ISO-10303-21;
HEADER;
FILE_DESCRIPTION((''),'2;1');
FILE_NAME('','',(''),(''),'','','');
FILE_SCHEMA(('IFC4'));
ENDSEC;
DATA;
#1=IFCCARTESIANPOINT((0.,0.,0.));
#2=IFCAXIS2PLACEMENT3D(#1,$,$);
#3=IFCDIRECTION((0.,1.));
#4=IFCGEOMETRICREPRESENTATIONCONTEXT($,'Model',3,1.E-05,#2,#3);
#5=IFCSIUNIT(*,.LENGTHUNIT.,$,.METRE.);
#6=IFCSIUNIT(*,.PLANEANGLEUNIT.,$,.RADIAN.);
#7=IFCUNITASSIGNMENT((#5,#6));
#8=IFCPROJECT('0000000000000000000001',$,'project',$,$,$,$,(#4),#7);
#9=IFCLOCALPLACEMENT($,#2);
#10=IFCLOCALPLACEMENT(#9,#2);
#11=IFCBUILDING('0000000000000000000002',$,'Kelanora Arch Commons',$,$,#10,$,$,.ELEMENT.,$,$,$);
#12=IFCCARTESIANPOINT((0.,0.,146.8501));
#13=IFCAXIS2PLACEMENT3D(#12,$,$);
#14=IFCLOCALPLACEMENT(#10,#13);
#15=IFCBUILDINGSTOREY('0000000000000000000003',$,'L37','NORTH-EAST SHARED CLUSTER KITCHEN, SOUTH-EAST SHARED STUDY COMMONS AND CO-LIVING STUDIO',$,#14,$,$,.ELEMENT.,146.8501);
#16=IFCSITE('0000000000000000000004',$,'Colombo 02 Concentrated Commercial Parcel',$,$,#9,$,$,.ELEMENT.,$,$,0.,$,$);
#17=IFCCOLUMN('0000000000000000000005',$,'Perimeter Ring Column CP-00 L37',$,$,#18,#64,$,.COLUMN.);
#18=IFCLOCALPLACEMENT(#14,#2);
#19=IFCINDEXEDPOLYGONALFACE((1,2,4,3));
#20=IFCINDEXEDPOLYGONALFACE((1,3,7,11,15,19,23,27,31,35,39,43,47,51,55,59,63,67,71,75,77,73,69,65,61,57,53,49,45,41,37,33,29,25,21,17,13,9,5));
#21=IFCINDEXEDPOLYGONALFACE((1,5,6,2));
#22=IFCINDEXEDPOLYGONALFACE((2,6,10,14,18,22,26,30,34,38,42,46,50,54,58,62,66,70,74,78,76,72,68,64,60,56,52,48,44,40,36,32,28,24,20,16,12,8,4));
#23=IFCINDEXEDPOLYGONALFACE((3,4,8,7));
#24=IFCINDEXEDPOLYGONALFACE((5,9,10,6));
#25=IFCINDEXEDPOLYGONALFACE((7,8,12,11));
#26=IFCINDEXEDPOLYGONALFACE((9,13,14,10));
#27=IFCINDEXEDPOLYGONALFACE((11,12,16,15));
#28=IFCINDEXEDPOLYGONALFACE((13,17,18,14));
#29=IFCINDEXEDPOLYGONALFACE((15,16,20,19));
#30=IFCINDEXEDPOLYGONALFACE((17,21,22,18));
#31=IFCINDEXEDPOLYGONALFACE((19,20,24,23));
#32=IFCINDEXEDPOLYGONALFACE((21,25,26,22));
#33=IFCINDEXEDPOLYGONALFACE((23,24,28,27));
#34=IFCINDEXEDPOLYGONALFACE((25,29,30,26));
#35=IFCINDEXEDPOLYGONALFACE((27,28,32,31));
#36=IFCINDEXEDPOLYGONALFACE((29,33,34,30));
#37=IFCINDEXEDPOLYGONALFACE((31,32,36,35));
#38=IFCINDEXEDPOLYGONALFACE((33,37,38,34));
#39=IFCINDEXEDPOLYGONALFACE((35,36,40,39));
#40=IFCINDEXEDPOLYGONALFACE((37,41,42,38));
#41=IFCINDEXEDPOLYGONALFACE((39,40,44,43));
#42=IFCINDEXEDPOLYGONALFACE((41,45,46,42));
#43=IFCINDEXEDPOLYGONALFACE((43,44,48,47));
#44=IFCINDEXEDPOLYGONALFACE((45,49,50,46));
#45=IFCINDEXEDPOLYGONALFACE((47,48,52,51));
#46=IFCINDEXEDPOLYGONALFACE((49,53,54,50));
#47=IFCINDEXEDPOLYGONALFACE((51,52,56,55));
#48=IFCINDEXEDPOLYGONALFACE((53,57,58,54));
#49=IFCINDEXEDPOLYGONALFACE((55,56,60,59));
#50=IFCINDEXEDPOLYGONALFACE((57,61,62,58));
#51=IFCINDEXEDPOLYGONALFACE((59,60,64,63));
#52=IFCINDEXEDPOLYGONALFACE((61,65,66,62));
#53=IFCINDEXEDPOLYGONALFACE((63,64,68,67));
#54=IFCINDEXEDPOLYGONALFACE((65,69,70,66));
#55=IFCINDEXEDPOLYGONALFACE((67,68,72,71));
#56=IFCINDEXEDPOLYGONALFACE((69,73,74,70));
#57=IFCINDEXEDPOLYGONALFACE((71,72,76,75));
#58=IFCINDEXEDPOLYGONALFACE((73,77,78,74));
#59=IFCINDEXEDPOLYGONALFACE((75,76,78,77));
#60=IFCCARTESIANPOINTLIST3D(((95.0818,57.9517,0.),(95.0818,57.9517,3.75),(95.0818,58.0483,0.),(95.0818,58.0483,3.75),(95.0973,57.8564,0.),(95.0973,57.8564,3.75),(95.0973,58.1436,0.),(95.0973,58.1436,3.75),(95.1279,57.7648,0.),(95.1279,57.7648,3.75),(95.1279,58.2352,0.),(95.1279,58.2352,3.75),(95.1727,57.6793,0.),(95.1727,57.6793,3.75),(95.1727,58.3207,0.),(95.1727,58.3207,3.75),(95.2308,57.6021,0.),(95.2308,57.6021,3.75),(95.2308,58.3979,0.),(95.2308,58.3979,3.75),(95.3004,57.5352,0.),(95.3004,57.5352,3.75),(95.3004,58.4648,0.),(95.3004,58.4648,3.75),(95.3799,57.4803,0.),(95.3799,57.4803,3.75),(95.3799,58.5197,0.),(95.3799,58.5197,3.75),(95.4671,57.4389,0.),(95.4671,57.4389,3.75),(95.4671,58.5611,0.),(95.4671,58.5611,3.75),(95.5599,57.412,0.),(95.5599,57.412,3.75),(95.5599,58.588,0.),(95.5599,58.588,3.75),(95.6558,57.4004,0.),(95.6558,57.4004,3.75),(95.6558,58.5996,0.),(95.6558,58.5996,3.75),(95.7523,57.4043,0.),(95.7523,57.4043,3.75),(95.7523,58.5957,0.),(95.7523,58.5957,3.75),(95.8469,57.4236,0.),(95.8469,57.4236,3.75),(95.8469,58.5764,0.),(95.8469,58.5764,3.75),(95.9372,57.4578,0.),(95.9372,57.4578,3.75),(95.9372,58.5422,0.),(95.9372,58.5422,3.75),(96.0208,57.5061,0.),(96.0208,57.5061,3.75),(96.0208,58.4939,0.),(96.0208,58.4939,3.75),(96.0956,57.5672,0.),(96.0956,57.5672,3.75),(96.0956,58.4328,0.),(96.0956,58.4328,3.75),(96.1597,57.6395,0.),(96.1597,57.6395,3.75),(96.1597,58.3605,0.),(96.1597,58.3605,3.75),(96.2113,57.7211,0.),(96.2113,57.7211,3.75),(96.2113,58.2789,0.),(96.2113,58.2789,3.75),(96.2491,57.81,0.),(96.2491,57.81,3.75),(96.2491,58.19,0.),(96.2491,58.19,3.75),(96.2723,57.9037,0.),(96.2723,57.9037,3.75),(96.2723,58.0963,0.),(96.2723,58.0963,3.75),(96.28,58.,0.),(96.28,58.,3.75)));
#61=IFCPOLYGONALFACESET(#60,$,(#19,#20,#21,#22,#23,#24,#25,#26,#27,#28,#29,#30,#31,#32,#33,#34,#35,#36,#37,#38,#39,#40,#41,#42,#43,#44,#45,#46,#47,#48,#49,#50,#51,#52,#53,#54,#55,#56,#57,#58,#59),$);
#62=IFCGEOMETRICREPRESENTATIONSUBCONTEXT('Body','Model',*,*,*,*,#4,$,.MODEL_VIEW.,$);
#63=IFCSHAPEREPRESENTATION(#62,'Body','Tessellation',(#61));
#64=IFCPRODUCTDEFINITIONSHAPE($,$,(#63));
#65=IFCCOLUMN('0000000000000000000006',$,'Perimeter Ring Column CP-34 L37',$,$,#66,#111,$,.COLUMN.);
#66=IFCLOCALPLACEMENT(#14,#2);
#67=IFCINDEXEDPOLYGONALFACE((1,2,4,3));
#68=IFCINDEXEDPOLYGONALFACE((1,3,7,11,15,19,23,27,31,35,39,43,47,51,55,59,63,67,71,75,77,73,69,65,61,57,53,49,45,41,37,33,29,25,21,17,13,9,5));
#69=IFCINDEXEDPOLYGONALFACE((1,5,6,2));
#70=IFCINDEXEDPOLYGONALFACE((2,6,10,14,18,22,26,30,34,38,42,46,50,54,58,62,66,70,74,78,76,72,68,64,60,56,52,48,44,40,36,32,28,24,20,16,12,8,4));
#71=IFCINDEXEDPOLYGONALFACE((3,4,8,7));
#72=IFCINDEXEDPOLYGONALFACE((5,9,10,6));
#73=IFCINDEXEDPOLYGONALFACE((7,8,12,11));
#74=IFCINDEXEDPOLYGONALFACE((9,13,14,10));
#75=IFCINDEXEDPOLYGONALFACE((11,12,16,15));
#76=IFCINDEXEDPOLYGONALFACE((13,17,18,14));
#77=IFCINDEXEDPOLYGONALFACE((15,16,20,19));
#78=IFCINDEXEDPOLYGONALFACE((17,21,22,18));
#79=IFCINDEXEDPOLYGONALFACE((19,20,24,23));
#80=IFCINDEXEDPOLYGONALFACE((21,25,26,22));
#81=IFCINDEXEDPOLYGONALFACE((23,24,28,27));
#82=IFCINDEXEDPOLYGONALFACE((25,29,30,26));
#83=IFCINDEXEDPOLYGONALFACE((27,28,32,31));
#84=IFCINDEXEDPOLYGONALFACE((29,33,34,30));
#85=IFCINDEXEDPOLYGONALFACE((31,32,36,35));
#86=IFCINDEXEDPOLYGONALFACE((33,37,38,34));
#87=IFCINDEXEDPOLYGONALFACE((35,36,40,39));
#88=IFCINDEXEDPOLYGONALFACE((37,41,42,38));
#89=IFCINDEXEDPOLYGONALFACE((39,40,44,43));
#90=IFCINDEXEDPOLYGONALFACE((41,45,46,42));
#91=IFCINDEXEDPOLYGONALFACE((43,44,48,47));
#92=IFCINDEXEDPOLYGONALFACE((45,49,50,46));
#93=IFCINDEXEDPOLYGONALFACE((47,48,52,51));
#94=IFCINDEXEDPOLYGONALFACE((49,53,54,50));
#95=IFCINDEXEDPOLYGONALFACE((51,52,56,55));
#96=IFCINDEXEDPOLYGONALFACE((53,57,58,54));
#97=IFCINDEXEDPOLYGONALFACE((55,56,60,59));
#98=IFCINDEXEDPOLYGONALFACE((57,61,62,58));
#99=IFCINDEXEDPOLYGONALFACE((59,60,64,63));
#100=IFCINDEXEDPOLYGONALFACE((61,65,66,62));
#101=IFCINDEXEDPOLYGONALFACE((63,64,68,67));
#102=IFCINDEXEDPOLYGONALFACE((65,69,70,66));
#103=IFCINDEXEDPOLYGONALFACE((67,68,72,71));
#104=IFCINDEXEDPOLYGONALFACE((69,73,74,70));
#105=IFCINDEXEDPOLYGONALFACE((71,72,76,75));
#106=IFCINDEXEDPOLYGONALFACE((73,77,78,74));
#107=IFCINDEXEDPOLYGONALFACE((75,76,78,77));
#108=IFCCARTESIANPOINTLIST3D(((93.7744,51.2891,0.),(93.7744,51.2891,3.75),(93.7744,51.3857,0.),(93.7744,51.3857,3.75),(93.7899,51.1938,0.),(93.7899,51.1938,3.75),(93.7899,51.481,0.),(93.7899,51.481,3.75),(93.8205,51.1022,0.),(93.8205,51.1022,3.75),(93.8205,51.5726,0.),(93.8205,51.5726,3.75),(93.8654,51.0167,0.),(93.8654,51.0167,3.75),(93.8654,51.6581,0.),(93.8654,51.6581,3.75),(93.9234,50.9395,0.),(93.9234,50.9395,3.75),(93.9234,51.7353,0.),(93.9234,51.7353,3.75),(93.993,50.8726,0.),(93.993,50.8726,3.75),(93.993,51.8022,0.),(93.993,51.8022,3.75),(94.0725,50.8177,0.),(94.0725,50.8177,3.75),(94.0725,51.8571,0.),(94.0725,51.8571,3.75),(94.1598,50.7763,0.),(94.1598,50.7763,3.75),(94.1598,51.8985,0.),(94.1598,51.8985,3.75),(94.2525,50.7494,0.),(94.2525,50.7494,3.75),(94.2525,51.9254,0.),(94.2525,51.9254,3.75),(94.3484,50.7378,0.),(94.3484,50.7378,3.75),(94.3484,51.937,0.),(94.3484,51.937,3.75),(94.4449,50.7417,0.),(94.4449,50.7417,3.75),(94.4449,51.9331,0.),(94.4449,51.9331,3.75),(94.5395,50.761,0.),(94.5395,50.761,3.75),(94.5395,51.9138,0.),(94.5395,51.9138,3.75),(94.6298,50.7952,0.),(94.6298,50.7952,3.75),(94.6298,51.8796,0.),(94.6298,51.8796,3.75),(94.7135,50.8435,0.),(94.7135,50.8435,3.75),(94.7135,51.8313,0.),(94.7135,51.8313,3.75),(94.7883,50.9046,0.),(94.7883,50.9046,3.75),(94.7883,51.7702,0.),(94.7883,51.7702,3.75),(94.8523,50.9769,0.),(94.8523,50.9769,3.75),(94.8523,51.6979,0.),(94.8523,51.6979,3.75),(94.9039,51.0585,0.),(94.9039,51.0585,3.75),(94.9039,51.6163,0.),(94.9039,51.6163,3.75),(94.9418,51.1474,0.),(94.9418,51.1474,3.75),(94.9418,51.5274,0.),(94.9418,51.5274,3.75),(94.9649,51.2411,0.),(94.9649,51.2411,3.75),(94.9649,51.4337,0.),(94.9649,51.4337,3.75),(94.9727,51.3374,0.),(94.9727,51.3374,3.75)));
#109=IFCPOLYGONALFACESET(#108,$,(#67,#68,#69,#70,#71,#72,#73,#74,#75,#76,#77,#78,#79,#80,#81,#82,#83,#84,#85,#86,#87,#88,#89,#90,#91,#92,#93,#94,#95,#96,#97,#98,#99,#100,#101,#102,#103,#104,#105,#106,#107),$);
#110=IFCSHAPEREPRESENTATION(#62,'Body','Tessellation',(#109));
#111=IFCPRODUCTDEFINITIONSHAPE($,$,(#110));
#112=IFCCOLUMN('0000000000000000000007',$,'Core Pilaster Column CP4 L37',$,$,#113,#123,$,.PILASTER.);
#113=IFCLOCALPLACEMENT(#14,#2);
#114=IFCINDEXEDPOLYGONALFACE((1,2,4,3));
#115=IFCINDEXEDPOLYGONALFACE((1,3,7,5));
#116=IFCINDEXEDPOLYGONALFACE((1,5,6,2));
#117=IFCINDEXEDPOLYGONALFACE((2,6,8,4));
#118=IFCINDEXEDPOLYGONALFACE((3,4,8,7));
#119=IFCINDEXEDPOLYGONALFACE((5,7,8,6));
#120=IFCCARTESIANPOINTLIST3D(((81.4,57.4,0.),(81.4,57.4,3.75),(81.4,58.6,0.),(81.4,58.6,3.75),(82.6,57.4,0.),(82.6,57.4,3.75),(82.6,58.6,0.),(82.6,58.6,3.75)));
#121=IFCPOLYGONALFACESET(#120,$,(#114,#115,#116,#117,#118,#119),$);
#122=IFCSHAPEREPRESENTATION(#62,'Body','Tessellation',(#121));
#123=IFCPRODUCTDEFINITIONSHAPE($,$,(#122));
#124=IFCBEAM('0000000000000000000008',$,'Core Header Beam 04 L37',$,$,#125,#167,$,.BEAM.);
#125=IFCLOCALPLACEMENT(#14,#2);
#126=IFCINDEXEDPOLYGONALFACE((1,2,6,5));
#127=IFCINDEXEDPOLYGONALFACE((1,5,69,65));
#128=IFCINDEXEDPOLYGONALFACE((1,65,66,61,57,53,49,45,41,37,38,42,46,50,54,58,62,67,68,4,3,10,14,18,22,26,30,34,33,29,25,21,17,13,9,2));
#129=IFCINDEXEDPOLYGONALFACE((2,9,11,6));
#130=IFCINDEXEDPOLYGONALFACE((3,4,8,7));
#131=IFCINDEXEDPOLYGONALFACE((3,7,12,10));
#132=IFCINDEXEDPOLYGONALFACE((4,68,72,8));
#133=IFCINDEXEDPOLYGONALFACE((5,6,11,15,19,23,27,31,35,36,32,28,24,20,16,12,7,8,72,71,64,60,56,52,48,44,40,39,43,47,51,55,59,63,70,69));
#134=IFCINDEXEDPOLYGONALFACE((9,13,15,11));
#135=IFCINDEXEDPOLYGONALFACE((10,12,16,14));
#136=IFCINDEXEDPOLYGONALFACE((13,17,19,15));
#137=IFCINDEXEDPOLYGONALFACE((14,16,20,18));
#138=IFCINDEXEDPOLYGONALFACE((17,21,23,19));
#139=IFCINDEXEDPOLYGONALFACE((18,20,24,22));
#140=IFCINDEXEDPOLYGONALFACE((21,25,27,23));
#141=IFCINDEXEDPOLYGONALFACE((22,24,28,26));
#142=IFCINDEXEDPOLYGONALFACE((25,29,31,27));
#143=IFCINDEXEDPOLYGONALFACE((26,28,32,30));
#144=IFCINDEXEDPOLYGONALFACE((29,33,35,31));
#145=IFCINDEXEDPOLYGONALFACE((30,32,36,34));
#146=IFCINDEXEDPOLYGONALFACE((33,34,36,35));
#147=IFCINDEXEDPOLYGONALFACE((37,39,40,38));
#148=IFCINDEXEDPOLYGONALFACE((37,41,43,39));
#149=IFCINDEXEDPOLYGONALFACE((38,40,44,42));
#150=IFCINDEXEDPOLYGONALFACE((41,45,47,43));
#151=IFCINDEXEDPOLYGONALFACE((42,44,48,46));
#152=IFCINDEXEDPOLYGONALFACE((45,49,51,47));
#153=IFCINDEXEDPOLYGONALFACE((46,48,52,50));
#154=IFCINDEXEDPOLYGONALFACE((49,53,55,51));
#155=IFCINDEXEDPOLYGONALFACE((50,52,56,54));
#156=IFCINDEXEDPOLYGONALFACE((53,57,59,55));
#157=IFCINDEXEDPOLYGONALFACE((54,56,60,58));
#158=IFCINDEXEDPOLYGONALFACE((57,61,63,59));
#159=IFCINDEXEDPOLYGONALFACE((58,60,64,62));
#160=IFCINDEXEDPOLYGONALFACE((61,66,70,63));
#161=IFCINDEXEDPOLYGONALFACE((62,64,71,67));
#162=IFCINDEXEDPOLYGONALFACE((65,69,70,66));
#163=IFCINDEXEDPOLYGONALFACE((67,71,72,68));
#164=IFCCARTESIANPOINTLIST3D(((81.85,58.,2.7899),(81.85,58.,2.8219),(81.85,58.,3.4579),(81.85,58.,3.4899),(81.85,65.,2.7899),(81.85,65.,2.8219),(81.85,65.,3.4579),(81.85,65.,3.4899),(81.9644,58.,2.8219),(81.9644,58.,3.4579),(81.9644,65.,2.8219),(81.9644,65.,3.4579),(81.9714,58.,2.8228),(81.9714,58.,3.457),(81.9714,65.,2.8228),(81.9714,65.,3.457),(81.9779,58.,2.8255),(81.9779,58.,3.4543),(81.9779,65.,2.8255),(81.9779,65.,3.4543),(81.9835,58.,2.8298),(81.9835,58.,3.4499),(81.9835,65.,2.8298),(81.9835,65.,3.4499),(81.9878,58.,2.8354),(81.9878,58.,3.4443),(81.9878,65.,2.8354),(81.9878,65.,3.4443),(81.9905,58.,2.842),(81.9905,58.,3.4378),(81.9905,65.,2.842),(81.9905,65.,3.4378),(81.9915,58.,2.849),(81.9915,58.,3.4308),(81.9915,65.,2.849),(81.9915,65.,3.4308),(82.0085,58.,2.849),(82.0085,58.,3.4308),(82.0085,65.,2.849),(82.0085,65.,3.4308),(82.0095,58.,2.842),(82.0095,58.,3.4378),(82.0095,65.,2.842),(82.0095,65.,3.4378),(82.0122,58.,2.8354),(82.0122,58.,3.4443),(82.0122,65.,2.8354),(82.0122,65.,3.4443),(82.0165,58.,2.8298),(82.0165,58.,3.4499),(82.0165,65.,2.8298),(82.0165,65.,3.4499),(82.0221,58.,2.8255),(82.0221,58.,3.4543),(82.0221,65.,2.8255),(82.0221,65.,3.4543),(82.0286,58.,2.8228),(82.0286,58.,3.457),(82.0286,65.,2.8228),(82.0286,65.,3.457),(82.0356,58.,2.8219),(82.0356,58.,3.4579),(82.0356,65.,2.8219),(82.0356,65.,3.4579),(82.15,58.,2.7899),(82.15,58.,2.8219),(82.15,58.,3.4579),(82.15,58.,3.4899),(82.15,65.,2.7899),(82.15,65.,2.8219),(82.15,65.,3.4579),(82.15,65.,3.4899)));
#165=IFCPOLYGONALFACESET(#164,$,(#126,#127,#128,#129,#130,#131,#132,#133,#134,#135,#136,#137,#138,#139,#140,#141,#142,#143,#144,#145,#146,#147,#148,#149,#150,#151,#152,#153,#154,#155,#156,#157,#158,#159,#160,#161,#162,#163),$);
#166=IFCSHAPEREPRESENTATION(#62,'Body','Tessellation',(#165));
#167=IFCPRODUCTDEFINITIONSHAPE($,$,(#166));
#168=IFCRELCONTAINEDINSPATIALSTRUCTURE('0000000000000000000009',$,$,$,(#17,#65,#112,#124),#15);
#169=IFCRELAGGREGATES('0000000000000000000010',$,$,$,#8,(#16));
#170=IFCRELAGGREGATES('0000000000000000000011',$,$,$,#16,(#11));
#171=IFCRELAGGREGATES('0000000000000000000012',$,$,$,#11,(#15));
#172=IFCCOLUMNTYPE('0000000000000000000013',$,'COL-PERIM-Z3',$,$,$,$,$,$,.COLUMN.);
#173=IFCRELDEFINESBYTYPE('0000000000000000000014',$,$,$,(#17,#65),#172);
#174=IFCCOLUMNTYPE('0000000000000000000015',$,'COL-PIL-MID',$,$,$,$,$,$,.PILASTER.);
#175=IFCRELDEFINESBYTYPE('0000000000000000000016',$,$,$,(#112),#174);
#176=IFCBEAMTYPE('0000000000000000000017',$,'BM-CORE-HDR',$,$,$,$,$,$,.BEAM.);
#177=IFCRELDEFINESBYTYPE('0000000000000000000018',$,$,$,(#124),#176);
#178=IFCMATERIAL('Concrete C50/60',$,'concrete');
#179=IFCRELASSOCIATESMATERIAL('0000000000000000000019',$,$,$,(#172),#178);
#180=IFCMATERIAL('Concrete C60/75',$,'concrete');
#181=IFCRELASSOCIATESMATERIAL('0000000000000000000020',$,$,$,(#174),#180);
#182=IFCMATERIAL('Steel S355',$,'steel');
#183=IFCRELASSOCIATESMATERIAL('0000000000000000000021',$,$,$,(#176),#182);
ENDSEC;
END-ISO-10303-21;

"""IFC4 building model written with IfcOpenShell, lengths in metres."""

from ifc_helpers import new_model, si_unit, direction, frame, origin, origin_2d, place, context, subcontext, project, spatial, rectangle, circle, i_section, extrude, material, material_profile, profile_set, type_object, element, save


model = new_model("IFC4")

# Units and contexts
model_context = context("Model", 3, precision=1e-05, world=origin(), true_north=direction((0.0, 1.0)))
body_context = subcontext(model_context, "Body", "Model", "MODEL_VIEW")
ifc_project = project(units=[si_unit("LENGTHUNIT", "METRE"), si_unit("PLANEANGLEUNIT", "RADIAN")], contexts=[model_context])

# Site, building, storey
site_placement = place(None, origin())
site = spatial("IfcSite", under=ifc_project, at=site_placement, Name="Colombo 02 Concentrated Commercial Parcel", CompositionType="ELEMENT", RefElevation=0.0)
building_placement = place(site_placement, origin())
building = spatial("IfcBuilding", under=site, at=building_placement, Name="Kelanora Arch Commons", CompositionType="ELEMENT")
storey_placement = place(building_placement, frame((0.0, 0.0, 146.8501)))
storey = spatial("IfcBuildingStorey", under=building, at=storey_placement, Name="L37", Description="NORTH-EAST SHARED CLUSTER KITCHEN, SOUTH-EAST SHARED STUDY COMMONS AND CO-LIVING STUDIO", CompositionType="ELEMENT", Elevation=146.8501)

# Columns
ifc_material_1 = material(Name="Concrete C50/60", Category="concrete")
ifc_material_profile_1 = material_profile(ifc_material_1, circle(Radius=0.6001, at=origin_2d()), Name="RCC1200")
ifc_profile_set_1 = profile_set([ifc_material_profile_1], Name="Concrete C50/60")
column_type_1 = type_object("IfcColumnType", Name="COL-PERIM-Z3", PredefinedType="COLUMN", material=ifc_profile_set_1)
for number, where, z_axis, x_axis, name in (
    (1, (95.6799, 58.0, 0.0), (0.0, 0.0, 1.0), (1.0, 0.0, 0.0), "Perimeter Ring Column CP-00 L37"),
    (2, (94.3726, 51.3374, 0.0), (0.0, 0.0, 1.0), (1.0, 0.0, 0.0), "Perimeter Ring Column CP-34 L37"),
):
    element("IfcColumn", number, at=place(storey_placement, frame(where, z_axis=z_axis, x_axis=x_axis)), inside=storey, type_object=column_type_1, Name=name, PredefinedType="COLUMN", context=body_context, shape_type="SweptSolid", body=[
        extrude(circle(Radius=0.6001, at=origin_2d()), origin(), (0.0, 0.0, 1.0), 3.75),
    ])
ifc_material_2 = material(Name="Concrete C60/75", Category="concrete")
ifc_material_profile_2 = material_profile(ifc_material_2, rectangle(XDim=1.2, YDim=1.2, at=origin_2d()), Name="RC1200x1200")
ifc_profile_set_2 = profile_set([ifc_material_profile_2], Name="Concrete C60/75")
column_type_2 = type_object("IfcColumnType", Name="COL-PIL-MID", PredefinedType="PILASTER", material=ifc_profile_set_2)
column_placement = place(storey_placement, frame((82.0, 58.0, 0.0), z_axis=(0.0, 0.0, 1.0), x_axis=(1.0, 0.0, 0.0)))
element("IfcColumn", 3, at=column_placement, inside=storey, type_object=column_type_2, Name="Core Pilaster Column CP4 L37", PredefinedType="PILASTER", context=body_context, shape_type="SweptSolid", body=[
    extrude(rectangle(XDim=1.2, YDim=1.2, at=origin_2d()), origin(), (0.0, 0.0, 1.0), 3.75),
])

# Beam
ifc_material_3 = material(Name="Steel S355", Category="steel")
ifc_material_profile_3 = material_profile(ifc_material_3, i_section(OverallWidth=0.3, OverallDepth=0.7, WebThickness=0.0171, FlangeThickness=0.032, FilletRadius=0.0271, at=origin_2d()), Name="HEB700")
ifc_profile_set_3 = profile_set([ifc_material_profile_3], Name="Steel S355")
beam_type_1 = type_object("IfcBeamType", Name="BM-CORE-HDR", PredefinedType="BEAM", material=ifc_profile_set_3)
beam_1_placement = place(storey_placement, frame((82.0, 58.0, 3.1399), z_axis=(0.0, 1.0, 0.0), x_axis=(-1.0, 0.0, 0.0)))
element("IfcBeam", 4, at=beam_1_placement, inside=storey, type_object=beam_type_1, Name="Core Header Beam 04 L37", PredefinedType="BEAM", context=body_context, shape_type="SweptSolid", body=[
    extrude(i_section(OverallWidth=0.3, OverallDepth=0.7, WebThickness=0.0171, FlangeThickness=0.032, FilletRadius=0.0271, at=origin_2d()), origin(), (0.0, 0.0, 1.0), 7.0),
])

save(model, "model.ifc")
